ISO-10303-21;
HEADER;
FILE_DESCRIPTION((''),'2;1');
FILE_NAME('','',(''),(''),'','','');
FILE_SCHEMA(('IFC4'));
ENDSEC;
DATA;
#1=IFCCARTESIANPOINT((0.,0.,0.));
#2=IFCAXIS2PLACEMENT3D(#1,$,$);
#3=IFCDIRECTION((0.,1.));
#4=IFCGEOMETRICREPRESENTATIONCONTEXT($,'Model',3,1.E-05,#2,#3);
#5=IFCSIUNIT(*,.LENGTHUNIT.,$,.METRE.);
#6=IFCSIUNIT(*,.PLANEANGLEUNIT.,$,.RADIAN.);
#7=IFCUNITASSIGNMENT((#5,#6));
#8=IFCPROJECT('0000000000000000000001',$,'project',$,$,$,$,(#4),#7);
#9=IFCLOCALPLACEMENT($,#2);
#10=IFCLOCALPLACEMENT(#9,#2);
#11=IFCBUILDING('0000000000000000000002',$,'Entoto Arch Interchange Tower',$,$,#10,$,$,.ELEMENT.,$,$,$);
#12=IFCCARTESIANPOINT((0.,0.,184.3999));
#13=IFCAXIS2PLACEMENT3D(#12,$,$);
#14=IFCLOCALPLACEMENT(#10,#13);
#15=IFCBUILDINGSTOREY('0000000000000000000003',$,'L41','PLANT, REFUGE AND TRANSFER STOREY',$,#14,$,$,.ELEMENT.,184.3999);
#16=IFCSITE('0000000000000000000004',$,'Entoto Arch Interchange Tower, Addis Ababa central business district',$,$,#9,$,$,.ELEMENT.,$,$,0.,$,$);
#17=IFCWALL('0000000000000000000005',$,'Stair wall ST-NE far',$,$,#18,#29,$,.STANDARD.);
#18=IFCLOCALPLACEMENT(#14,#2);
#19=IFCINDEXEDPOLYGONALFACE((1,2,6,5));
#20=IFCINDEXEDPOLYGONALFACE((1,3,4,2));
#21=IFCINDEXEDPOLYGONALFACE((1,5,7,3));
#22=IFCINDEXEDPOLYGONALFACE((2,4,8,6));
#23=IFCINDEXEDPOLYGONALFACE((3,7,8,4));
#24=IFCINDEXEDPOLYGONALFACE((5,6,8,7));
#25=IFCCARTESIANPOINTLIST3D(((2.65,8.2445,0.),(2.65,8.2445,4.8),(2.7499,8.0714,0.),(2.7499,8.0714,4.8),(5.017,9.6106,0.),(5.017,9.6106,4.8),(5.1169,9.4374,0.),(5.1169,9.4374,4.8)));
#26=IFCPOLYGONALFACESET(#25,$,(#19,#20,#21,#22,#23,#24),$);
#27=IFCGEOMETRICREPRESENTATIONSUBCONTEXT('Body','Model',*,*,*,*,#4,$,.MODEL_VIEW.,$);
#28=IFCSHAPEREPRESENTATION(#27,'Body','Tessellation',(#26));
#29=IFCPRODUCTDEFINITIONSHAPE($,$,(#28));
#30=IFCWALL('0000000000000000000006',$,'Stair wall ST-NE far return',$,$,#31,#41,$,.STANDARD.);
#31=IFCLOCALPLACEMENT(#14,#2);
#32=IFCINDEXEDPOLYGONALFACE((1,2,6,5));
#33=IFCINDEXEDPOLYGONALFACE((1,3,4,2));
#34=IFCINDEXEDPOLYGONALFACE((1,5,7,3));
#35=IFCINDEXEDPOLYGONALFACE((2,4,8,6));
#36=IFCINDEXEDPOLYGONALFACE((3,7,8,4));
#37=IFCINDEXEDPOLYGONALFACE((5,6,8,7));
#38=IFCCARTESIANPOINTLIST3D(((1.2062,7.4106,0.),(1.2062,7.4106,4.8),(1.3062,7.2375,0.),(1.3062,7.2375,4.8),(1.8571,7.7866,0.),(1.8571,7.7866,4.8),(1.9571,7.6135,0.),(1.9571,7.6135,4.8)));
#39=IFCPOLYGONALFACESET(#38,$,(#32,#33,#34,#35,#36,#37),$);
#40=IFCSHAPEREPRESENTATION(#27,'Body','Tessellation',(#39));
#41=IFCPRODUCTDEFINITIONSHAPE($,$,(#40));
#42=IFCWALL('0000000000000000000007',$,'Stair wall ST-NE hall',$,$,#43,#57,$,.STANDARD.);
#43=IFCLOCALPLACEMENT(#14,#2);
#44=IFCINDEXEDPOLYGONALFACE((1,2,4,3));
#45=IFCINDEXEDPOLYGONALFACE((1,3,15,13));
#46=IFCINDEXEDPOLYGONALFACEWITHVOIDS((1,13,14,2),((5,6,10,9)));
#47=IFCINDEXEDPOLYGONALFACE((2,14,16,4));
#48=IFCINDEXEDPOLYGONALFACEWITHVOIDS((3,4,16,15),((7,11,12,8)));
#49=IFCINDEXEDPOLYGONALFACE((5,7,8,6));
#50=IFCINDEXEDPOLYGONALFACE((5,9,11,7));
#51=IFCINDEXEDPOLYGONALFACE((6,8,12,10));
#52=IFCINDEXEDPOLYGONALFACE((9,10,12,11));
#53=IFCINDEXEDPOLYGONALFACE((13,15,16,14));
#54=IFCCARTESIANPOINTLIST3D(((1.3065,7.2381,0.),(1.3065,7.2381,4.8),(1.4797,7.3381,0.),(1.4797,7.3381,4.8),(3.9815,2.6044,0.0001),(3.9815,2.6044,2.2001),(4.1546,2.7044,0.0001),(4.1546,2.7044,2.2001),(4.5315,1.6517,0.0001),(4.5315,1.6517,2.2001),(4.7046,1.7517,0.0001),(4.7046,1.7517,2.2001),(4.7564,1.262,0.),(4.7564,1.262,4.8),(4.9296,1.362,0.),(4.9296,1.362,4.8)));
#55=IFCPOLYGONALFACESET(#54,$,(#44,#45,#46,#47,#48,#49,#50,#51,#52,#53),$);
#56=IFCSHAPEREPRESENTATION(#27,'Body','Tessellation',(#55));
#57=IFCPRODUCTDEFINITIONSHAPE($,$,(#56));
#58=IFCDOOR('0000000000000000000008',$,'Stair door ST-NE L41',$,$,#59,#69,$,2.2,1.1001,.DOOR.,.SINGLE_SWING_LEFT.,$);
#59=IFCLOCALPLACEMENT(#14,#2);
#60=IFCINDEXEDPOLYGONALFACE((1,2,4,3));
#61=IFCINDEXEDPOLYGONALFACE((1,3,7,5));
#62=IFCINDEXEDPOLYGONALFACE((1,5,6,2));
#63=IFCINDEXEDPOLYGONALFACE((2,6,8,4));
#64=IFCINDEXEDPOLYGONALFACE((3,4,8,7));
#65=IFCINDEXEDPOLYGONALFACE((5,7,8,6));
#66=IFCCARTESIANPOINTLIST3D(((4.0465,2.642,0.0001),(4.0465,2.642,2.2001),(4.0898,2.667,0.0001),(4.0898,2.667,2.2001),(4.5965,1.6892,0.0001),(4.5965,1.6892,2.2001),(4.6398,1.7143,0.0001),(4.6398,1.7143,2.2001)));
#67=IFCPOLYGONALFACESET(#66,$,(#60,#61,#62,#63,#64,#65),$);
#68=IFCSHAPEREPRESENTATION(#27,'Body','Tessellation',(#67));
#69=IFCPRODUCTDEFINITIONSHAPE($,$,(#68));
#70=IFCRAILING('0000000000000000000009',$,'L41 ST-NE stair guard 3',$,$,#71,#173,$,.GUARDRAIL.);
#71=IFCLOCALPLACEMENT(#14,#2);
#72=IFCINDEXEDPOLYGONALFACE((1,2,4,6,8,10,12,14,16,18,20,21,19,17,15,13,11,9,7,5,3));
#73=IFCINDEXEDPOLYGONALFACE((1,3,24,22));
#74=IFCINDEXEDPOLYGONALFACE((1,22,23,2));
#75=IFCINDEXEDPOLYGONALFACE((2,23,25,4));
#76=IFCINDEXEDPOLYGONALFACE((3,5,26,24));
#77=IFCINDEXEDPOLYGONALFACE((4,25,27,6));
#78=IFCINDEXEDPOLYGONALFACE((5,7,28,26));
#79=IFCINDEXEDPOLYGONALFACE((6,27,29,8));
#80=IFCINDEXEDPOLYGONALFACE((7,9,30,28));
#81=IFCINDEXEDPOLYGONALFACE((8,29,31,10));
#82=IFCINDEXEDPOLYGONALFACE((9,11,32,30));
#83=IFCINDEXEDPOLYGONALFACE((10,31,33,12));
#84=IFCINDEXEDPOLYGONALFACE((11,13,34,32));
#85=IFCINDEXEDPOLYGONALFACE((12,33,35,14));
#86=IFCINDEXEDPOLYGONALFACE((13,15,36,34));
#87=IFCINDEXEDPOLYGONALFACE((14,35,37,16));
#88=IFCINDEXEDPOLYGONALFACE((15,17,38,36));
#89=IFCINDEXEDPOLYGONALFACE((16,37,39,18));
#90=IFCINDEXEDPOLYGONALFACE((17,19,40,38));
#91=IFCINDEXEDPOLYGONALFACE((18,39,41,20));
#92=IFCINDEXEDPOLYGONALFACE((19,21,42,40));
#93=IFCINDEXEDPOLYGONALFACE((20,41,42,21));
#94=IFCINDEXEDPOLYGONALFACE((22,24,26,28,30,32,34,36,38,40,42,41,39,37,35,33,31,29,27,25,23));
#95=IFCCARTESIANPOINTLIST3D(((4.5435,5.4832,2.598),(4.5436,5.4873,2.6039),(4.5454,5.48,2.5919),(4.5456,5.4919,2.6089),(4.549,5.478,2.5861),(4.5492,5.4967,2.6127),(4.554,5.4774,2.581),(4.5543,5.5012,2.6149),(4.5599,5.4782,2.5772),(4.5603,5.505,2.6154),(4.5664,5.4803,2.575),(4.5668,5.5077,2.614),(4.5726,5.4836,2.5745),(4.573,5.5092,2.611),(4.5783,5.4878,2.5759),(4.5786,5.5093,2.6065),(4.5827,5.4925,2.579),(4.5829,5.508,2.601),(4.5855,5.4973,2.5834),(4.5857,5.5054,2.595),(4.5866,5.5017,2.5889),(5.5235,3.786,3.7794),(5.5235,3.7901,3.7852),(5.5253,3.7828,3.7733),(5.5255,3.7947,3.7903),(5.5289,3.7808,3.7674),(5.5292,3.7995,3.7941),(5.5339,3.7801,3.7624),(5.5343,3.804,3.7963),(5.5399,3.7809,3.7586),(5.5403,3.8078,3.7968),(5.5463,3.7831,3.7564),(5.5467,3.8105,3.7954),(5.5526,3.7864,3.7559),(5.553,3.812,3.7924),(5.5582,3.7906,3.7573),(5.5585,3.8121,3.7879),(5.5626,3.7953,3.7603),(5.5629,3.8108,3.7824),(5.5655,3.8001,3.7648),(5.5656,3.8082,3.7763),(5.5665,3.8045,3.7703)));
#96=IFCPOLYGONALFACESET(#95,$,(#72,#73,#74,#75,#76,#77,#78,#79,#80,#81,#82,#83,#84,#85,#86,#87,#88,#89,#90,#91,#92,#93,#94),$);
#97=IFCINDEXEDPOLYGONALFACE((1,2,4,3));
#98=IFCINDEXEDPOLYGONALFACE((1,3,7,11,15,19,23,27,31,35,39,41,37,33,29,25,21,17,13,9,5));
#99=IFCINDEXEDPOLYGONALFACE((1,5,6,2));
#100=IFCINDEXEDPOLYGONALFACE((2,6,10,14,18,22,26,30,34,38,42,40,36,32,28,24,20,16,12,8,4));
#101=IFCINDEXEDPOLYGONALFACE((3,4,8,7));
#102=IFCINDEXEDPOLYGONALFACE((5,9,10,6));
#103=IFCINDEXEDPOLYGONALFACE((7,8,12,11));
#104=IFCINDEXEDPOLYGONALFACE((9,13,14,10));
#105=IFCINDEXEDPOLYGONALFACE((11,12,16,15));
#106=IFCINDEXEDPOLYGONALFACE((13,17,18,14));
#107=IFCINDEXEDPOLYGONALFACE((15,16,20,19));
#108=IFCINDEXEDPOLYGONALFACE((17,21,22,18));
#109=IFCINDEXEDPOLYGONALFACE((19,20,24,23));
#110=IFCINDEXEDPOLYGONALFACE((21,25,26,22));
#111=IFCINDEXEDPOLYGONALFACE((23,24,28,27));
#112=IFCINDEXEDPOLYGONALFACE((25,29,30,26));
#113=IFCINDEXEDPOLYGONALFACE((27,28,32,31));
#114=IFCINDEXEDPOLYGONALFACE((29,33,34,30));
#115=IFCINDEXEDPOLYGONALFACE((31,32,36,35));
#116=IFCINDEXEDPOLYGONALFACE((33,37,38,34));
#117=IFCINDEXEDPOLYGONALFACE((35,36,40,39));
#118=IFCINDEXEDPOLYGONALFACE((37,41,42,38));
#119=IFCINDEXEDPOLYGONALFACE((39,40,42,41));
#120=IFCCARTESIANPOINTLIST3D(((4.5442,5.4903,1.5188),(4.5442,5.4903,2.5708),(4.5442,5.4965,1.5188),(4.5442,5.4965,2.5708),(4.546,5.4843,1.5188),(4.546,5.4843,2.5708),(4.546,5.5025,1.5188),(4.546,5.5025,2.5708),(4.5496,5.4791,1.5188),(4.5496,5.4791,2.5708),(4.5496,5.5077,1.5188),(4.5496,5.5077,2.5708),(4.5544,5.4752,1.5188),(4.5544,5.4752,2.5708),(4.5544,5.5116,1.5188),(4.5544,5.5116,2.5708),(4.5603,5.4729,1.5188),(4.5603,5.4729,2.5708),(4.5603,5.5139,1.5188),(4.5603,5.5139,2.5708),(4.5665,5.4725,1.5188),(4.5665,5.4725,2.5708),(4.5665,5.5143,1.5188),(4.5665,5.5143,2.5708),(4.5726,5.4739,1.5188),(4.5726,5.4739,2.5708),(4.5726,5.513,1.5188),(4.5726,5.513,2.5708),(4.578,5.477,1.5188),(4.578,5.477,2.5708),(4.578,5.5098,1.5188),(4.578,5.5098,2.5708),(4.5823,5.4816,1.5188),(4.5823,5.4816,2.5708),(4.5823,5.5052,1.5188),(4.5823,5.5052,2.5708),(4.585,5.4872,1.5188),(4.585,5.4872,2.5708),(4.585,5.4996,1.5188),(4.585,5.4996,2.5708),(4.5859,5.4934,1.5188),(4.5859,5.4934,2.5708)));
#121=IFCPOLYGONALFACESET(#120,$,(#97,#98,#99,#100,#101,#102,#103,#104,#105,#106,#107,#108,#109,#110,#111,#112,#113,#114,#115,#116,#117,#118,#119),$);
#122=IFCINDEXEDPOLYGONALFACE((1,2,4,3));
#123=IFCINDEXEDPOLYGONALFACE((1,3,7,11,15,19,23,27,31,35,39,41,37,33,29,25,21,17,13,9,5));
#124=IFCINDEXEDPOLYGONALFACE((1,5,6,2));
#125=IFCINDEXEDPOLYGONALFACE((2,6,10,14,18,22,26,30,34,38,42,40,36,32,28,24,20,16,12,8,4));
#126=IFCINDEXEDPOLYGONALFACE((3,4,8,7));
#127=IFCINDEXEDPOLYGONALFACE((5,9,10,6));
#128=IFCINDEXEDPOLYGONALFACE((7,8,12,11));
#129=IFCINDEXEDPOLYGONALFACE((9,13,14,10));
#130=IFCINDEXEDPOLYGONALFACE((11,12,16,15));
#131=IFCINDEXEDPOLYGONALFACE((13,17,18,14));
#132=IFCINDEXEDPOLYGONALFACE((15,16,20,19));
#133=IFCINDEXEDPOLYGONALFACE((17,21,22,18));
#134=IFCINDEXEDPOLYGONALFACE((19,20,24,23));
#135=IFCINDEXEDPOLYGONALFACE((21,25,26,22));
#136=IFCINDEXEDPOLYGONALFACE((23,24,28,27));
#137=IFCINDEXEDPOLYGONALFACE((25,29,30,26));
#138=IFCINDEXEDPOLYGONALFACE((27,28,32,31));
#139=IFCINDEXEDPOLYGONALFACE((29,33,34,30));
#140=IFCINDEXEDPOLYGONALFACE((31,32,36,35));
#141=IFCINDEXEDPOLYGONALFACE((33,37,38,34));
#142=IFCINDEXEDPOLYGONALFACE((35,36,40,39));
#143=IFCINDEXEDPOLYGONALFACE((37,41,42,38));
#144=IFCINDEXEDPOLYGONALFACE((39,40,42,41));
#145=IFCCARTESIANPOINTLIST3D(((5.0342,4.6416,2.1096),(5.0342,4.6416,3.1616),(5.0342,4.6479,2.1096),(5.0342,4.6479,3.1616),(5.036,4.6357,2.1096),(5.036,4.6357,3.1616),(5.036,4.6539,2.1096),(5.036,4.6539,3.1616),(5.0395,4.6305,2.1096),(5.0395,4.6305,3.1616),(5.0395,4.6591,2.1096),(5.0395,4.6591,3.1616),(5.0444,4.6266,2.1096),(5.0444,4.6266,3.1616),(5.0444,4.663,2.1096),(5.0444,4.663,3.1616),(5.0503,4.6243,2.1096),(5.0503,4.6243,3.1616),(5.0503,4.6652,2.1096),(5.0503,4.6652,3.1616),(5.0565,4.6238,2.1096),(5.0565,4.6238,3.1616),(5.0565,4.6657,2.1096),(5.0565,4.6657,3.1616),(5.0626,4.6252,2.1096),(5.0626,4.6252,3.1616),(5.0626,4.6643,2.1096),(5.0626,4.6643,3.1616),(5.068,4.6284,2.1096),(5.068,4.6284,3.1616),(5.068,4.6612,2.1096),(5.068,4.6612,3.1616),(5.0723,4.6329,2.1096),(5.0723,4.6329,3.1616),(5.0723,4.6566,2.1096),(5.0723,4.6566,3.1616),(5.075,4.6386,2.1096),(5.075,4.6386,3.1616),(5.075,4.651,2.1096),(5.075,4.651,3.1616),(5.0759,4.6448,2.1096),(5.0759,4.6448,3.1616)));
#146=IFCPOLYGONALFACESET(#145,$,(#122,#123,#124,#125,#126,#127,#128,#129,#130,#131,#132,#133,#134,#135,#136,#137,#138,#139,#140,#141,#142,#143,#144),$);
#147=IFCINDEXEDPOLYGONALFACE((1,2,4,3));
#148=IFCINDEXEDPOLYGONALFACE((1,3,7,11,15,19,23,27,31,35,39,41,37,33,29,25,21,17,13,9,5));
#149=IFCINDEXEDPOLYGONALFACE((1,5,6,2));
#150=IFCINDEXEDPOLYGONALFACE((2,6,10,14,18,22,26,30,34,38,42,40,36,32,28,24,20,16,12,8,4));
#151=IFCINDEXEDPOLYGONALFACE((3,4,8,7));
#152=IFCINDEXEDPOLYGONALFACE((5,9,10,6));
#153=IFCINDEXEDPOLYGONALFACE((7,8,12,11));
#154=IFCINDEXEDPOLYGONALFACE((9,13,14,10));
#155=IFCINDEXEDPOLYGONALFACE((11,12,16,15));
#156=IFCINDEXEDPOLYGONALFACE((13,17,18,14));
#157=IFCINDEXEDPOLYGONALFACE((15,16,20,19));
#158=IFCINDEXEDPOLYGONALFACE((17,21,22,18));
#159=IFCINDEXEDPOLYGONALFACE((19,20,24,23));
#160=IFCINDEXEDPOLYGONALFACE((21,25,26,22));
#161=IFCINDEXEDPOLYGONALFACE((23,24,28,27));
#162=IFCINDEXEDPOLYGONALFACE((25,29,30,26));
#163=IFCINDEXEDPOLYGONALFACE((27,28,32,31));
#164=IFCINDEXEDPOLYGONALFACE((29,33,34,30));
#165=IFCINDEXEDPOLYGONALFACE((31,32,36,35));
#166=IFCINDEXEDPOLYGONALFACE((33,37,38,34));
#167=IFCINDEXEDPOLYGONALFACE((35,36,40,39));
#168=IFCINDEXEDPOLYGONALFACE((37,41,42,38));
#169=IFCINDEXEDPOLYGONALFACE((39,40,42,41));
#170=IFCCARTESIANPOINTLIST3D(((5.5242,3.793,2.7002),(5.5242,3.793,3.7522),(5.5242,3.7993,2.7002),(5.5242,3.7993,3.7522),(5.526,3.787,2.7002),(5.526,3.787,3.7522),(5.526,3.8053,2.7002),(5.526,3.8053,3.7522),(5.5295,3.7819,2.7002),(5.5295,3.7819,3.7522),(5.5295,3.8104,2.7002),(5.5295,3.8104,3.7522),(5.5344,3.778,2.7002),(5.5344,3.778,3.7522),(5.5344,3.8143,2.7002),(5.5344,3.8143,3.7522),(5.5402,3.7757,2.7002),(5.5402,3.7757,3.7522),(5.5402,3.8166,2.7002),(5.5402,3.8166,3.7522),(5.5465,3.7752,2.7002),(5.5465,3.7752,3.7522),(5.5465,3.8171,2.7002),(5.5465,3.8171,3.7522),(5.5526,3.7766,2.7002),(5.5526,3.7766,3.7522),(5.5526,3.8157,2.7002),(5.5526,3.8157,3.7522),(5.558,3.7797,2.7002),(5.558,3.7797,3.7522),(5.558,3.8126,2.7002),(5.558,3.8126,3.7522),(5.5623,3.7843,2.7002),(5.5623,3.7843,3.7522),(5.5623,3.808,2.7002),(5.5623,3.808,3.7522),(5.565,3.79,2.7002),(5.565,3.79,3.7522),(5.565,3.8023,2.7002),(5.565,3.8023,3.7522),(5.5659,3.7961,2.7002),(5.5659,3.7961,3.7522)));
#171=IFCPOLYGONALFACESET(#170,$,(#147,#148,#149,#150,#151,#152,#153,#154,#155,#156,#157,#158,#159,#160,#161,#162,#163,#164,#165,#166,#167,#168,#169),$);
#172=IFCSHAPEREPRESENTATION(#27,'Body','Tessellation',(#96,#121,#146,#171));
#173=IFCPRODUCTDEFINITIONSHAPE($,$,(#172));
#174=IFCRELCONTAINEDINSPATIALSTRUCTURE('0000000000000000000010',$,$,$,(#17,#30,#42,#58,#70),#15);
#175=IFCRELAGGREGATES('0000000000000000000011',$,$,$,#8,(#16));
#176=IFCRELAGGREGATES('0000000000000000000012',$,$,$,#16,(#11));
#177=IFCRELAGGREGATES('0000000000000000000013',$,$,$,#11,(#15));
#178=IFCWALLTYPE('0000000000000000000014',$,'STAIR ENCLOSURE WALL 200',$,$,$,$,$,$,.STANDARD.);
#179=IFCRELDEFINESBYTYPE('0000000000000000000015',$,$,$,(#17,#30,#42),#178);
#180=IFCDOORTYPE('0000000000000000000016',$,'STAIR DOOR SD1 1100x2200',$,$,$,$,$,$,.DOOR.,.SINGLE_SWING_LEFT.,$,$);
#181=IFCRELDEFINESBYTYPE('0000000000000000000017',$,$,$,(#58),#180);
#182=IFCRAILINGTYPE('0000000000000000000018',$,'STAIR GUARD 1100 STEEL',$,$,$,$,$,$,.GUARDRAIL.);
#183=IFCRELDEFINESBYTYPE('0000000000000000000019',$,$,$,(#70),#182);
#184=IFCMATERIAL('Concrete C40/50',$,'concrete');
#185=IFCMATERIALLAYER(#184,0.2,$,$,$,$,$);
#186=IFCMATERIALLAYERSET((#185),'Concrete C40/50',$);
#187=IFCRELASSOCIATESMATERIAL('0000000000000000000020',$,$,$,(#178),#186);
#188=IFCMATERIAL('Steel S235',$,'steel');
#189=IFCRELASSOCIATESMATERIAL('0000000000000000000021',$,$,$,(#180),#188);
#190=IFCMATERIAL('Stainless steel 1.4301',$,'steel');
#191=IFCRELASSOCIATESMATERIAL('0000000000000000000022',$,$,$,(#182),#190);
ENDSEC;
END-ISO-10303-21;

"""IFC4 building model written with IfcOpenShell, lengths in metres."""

from ifc_helpers import new_model, si_unit, direction, frame, frame_2d, origin, origin_2d, place, context, subcontext, project, spatial, rectangle, circle, extrude, material, layer, layer_set, type_object, element, fill, save


model = new_model("IFC4")

# Units and contexts
model_context = context("Model", 3, precision=1e-05, world=origin(), true_north=direction((0.0, 1.0)))
body_context = subcontext(model_context, "Body", "Model", "MODEL_VIEW")
ifc_project = project(units=[si_unit("LENGTHUNIT", "METRE"), si_unit("PLANEANGLEUNIT", "RADIAN")], contexts=[model_context])

# Site, building, storey
site_placement = place(None, origin())
site = spatial("IfcSite", under=ifc_project, at=site_placement, Name="Entoto Arch Interchange Tower, Addis Ababa central business district", CompositionType="ELEMENT", RefElevation=0.0)
building_placement = place(site_placement, origin())
building = spatial("IfcBuilding", under=site, at=building_placement, Name="Entoto Arch Interchange Tower", CompositionType="ELEMENT")
storey_placement = place(building_placement, frame((0.0, 0.0, 184.3999)))
storey = spatial("IfcBuildingStorey", under=building, at=storey_placement, Name="L41", Description="PLANT, REFUGE AND TRANSFER STOREY", CompositionType="ELEMENT", Elevation=184.3999)

# Shared definitions
ifc_material_1 = material(Name="Concrete C40/50", Category="concrete")

# Shared definitions
ifc_layer_1 = layer(ifc_material_1, 0.2)
ifc_layer_set_1 = layer_set([ifc_layer_1], Name="Concrete C40/50")
wall_type_1 = type_object("IfcWallType", Name="STAIR ENCLOSURE WALL 200", PredefinedType="STANDARD", material=ifc_layer_set_1)
ifc_material_2 = material(Name="Steel S235", Category="steel")
door_type_1 = type_object("IfcDoorType", Name="STAIR DOOR SD1 1100x2200", OperationType="SINGLE_SWING_LEFT", PredefinedType="DOOR", material=ifc_material_2)

# Walls
wall_1_placement = place(storey_placement, frame((2.7, 8.158, 0.0), z_axis=(0.0, 0.0, 1.0), x_axis=(0.866119, 0.499838, 0.0)))
element("IfcWall", 1, at=wall_1_placement, inside=storey, type_object=wall_type_1, Name="Stair wall ST-NE far", PredefinedType="STANDARD", context=body_context, shape_type="SweptSolid", body=[
    extrude(rectangle(XDim=2.7329, YDim=0.2, at=frame_2d((1.3665, 0.0))), origin(), (0.0, 0.0, 1.0), 4.8),
])
wall_2_placement = place(storey_placement, frame((1.2561, 7.324, 0.0), z_axis=(0.0, 0.0, 1.0), x_axis=(0.865915, 0.500191, 0.0)))
element("IfcWall", 2, at=wall_2_placement, inside=storey, type_object=wall_type_1, Name="Stair wall ST-NE far return", PredefinedType="STANDARD", context=body_context, shape_type="SweptSolid", body=[
    extrude(rectangle(XDim=0.7517, YDim=0.2, at=frame_2d((0.376, 0.0))), origin(), (0.0, 0.0, 1.0), 4.8),
])

# Wall, opening, door
wall_3_placement = place(storey_placement, frame((4.843, 1.312, 0.0), z_axis=(0.0, 0.0, 1.0), x_axis=(-0.499963, 0.866047, 0.0)))
wall_3 = element("IfcWall", 3, at=wall_3_placement, inside=storey, type_object=wall_type_1, Name="Stair wall ST-NE hall", PredefinedType="STANDARD", context=body_context, shape_type="SweptSolid", body=[
    extrude(rectangle(XDim=6.9004, YDim=0.2, at=frame_2d((3.4502, 0.0))), origin(), (0.0, 0.0, 1.0), 4.8),
])
opening_1_placement = place(wall_3_placement, frame((0.45, 0.0, 0.0)))
opening_1 = element("IfcOpeningElement", 4, at=opening_1_placement, cuts=wall_3, PredefinedType="OPENING", context=body_context, shape_type="SweptSolid", body=[
    extrude(rectangle(XDim=1.1001, YDim=2.2, at=frame_2d((0.55, 1.1001))), frame((0.0, 0.1099, 0.0), z_axis=(0.0, -1.0, 0.0), x_axis=(1.0, 0.0, 0.0)), (0.0, 0.0, 1.0), 0.22),
])
door_1_placement = place(opening_1_placement, origin())
door_1 = element("IfcDoor", 5, at=door_1_placement, inside=storey, type_object=door_type_1, Name="Stair door ST-NE L41", OperationType="SINGLE_SWING_LEFT", OverallHeight=2.2, OverallWidth=1.1001, PredefinedType="DOOR", context=body_context, shape_type="SweptSolid", body=[
    extrude(rectangle(XDim=1.1001, YDim=2.2, at=frame_2d((0.55, 1.1001))), frame((0.0, 0.0249, 0.0), z_axis=(0.0, -1.0, 0.0), x_axis=(1.0, 0.0, 0.0)), (0.0, 0.0, 1.0), 0.05),
])
fill(opening_1, door_1)

# Railing
ifc_material_3 = material(Name="Stainless steel 1.4301", Category="steel")
railing_type_1 = type_object("IfcRailingType", Name="STAIR GUARD 1100 STEEL", PredefinedType="GUARDRAIL", material=ifc_material_3)
for number, where, name in (
    (6, (4.5649, 5.4934, 1.5188), "L41 ST-NE stair guard 3"),
):
    element("IfcRailing", number, at=place(storey_placement, frame(where)), inside=storey, type_object=railing_type_1, Name=name, PredefinedType="GUARDRAIL", context=body_context, shape_type="SweptSolid", body=[
        extrude(circle(Radius=0.0239, at=origin_2d()), frame((0.0, 0.0, 1.0762), z_axis=(0.428238, -0.741683, 0.516255), x_axis=(0.866011, 0.500024, 0.0)), (0.0, 0.0, 1.0), 2.2883),
        extrude(circle(Radius=0.021, at=origin_2d()), origin(), (0.0, 0.0, 1.0), 1.052),
        extrude(circle(Radius=0.021, at=origin_2d()), frame((0.49, -0.8486, 0.5908)), (0.0, 0.0, 1.0), 1.052),
        extrude(circle(Radius=0.021, at=origin_2d()), frame((0.98, -1.6973, 1.1814)), (0.0, 0.0, 1.0), 1.052),
    ])

save(model, "model.ifc")
